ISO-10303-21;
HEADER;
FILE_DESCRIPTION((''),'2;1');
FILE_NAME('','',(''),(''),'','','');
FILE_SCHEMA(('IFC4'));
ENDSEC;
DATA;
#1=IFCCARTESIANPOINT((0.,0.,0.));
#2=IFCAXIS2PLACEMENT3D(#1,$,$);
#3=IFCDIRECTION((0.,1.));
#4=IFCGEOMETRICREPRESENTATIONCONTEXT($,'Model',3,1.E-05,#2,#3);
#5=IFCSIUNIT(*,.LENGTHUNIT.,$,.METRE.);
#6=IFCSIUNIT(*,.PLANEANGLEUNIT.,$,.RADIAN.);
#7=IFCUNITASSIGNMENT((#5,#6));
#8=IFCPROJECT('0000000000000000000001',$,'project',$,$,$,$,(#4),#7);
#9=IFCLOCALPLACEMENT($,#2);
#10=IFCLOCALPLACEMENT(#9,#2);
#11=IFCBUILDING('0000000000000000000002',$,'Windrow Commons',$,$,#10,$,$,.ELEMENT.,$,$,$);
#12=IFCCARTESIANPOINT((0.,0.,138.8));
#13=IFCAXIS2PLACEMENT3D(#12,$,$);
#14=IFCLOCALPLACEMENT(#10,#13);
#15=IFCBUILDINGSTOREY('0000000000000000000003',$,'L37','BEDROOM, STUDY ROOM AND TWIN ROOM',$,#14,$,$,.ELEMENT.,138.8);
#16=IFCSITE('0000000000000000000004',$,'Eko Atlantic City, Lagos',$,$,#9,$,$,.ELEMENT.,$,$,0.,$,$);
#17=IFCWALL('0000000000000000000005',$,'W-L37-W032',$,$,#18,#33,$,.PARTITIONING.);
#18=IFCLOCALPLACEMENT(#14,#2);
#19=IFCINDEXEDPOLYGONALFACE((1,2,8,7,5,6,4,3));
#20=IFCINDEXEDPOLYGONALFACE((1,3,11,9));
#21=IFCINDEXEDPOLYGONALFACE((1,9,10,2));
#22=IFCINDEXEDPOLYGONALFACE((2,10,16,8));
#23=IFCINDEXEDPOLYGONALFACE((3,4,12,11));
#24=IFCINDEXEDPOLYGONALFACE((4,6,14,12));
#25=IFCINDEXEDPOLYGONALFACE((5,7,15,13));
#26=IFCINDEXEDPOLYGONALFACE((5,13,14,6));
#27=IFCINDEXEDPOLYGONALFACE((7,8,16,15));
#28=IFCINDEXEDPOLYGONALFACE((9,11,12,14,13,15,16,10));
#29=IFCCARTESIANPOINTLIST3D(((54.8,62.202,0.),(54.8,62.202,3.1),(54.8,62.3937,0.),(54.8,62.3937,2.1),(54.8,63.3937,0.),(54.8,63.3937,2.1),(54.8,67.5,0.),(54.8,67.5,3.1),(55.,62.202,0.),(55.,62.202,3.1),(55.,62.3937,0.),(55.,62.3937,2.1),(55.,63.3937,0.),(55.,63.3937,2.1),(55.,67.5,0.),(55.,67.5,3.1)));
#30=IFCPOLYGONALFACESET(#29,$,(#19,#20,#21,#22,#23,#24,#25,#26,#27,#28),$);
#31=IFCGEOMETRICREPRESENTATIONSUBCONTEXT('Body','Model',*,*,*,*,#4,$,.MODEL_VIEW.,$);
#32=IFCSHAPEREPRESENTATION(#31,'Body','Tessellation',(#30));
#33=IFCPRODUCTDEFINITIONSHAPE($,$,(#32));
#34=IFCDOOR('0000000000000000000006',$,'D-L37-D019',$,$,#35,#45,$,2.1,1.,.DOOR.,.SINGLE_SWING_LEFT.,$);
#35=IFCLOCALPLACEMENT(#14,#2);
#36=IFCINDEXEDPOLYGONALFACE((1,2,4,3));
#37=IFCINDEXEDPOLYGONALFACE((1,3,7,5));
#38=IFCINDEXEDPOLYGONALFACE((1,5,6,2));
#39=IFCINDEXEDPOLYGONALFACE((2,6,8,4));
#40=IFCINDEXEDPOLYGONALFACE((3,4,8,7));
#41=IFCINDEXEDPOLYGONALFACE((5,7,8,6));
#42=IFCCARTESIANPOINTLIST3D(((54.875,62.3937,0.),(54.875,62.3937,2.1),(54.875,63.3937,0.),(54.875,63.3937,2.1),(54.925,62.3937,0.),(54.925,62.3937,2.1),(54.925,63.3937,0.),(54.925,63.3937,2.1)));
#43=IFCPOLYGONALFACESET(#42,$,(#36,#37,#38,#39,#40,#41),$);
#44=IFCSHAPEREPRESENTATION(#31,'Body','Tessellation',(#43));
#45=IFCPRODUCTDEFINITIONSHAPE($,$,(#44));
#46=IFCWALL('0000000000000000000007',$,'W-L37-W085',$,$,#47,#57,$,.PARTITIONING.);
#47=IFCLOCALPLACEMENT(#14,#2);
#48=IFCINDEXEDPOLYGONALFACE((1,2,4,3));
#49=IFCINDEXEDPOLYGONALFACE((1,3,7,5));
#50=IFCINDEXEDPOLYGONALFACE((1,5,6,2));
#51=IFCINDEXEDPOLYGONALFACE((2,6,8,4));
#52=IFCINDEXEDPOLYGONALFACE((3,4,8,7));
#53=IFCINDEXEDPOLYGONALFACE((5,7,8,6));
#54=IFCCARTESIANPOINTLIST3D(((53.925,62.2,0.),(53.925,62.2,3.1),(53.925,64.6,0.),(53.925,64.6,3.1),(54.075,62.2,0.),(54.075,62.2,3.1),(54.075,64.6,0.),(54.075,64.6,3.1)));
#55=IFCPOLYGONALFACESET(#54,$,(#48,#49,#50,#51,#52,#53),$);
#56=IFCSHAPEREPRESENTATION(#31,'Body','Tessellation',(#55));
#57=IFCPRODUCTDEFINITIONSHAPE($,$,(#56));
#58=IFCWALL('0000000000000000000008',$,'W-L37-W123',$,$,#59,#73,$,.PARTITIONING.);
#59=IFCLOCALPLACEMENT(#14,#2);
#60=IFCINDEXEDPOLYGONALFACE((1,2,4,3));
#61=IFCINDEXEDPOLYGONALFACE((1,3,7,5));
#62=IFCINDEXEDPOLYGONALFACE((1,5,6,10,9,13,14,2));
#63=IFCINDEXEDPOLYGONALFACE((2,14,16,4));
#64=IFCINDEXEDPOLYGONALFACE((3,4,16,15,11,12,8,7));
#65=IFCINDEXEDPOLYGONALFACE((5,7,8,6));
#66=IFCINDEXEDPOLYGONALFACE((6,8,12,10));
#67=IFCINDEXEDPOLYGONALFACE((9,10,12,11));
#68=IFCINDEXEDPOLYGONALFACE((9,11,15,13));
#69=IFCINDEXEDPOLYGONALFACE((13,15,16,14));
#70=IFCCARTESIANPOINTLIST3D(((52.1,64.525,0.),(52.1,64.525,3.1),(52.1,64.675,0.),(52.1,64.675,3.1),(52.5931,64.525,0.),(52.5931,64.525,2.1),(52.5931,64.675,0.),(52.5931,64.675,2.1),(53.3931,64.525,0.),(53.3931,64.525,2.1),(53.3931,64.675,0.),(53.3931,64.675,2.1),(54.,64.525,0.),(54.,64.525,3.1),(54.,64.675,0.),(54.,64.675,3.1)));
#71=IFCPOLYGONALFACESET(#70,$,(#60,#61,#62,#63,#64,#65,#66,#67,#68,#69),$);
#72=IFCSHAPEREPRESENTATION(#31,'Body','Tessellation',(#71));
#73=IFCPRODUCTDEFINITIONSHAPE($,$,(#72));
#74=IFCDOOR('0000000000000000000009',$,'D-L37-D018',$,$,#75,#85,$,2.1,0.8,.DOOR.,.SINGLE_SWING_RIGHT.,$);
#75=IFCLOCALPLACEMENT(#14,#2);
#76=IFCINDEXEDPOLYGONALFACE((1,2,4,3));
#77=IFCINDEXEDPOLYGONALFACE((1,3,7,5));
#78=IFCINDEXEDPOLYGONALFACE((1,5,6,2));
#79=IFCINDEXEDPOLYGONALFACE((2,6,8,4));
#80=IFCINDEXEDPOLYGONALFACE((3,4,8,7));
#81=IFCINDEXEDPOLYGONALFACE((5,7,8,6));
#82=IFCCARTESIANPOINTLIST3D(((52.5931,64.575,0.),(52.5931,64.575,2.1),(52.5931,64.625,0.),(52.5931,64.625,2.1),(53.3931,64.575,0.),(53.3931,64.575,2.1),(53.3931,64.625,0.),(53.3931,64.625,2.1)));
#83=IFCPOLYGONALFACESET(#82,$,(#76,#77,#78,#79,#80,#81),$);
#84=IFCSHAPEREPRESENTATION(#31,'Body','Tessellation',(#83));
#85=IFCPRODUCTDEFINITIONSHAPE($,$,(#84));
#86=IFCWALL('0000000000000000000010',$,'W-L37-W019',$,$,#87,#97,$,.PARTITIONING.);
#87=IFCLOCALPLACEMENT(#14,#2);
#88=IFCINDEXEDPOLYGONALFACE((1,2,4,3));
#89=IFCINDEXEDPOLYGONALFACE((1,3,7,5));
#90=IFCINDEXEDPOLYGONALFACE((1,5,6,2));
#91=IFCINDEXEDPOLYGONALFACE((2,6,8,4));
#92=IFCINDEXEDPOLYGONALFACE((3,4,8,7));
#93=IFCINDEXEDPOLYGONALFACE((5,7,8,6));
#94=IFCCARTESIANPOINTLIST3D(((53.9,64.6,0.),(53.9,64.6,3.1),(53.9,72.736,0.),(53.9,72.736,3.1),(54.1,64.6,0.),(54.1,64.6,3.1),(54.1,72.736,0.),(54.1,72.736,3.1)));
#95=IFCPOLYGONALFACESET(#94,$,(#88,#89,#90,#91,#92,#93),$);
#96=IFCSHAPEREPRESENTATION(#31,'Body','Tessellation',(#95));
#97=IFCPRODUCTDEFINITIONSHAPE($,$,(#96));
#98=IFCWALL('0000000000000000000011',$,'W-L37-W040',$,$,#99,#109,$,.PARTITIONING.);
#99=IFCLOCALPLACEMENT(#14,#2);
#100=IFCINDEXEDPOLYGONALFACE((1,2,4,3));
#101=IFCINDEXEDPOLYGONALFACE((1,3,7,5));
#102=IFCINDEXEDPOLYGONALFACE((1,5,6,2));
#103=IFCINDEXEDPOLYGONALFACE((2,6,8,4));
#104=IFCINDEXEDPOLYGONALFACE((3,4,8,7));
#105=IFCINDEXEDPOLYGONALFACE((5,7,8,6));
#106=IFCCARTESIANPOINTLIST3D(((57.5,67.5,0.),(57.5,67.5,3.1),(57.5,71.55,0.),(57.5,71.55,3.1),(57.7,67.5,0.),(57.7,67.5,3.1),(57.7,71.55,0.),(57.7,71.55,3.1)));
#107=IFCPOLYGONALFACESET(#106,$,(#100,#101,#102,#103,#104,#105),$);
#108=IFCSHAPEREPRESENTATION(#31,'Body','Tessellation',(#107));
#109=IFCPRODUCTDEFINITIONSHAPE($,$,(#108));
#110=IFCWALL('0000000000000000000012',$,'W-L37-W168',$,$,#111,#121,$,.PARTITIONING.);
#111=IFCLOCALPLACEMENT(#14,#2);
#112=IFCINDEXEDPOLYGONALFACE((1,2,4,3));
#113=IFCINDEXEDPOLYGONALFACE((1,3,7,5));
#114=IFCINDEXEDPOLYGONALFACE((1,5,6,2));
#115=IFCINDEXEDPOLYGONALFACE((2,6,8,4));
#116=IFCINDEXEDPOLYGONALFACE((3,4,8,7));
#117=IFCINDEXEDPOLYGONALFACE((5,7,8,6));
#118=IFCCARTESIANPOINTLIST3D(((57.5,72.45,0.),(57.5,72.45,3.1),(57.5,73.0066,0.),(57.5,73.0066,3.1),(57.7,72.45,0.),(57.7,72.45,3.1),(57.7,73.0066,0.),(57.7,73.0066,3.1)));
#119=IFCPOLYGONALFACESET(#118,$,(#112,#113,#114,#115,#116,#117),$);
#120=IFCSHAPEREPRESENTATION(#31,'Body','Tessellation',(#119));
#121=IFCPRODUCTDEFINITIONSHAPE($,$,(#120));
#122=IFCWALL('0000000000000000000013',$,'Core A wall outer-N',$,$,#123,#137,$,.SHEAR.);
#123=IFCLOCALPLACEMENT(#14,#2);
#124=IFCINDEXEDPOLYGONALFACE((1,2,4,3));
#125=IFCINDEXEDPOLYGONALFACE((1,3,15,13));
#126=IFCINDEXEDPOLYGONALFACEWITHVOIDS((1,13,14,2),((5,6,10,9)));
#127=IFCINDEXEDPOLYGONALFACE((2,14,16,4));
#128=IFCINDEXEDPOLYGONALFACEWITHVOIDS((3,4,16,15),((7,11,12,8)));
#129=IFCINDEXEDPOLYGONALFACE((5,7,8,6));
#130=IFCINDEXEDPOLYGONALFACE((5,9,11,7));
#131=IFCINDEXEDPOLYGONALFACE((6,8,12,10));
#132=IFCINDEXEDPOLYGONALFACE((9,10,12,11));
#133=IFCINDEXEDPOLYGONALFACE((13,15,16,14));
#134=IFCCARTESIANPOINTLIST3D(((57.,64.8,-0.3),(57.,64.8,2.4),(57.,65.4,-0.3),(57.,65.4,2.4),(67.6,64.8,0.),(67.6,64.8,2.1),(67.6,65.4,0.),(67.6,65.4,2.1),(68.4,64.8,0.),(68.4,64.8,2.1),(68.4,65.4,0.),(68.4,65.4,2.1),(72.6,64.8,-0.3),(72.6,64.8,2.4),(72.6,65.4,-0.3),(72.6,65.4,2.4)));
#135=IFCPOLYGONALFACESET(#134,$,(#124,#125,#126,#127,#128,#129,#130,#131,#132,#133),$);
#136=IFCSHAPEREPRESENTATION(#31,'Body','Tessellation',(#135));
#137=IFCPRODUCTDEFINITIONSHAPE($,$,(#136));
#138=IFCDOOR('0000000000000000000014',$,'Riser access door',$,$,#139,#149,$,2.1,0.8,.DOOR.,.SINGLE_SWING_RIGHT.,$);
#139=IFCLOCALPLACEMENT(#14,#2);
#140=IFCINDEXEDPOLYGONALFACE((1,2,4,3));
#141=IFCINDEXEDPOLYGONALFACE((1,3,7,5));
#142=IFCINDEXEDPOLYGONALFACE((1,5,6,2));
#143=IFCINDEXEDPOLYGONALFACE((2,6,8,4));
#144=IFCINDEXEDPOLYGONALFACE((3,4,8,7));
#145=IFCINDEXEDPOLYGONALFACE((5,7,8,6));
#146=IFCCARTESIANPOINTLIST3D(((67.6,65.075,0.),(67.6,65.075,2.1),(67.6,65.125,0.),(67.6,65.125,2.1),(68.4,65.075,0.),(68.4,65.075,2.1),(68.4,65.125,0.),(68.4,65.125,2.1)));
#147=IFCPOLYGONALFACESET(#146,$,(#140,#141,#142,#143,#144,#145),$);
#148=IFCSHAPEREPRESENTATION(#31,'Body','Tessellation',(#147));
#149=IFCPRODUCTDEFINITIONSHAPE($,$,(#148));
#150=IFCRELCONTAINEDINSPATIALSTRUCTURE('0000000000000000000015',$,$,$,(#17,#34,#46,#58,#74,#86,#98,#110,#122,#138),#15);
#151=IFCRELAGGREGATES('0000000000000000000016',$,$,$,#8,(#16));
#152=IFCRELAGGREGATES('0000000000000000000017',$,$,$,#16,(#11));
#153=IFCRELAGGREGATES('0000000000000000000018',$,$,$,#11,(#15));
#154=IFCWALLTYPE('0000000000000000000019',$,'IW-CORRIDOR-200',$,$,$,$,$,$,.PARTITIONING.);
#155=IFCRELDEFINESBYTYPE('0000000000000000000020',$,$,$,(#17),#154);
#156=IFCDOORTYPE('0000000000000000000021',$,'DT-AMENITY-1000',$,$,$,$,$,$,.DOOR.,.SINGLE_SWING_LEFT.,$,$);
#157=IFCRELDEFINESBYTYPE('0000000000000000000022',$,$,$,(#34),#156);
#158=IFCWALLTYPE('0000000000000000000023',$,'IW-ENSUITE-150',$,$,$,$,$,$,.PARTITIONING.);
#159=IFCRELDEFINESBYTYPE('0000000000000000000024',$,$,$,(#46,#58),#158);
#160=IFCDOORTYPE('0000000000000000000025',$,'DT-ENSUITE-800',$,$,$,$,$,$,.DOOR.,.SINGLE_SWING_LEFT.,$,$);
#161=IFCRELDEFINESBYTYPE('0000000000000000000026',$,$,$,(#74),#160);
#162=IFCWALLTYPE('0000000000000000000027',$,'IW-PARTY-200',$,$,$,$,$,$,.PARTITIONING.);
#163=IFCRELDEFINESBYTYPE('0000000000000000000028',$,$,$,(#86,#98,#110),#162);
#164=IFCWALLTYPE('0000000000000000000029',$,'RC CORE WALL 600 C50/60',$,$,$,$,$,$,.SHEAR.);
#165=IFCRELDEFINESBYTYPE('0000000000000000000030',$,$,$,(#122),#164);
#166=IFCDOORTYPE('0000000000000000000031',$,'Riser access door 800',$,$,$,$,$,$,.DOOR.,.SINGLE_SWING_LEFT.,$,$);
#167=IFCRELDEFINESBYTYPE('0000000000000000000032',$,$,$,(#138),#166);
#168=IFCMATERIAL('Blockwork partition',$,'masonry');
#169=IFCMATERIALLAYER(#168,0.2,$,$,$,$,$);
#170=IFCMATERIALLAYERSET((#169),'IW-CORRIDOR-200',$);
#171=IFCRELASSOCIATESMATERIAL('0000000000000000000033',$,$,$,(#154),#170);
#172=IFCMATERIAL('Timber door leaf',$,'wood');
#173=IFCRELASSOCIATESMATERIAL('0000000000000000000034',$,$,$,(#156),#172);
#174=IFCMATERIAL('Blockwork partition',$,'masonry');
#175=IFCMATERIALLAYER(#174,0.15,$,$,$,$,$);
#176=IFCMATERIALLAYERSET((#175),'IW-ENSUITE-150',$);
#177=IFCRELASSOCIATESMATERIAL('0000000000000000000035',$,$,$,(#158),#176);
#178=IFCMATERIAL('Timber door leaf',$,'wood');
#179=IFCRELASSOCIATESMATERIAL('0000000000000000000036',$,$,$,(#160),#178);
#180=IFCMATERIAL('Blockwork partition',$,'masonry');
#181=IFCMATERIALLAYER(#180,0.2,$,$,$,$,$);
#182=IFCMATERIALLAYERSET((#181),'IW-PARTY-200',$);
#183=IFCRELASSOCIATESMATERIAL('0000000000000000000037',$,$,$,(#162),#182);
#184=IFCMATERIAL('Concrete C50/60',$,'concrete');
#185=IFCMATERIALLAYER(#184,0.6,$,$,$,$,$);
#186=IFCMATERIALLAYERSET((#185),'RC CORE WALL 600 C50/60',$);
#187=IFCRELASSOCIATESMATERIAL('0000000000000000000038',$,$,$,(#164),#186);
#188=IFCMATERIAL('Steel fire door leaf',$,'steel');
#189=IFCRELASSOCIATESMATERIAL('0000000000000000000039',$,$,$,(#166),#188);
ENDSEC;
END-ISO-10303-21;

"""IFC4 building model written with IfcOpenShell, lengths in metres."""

from ifc_helpers import new_model, si_unit, direction, frame, frame_2d, origin, place, context, subcontext, project, spatial, rectangle, extrude, material, layer, layer_set, type_object, element, fill, save


model = new_model("IFC4")

# Units and contexts
model_context = context("Model", 3, precision=1e-05, world=origin(), true_north=direction((0.0, 1.0)))
body_context = subcontext(model_context, "Body", "Model", "MODEL_VIEW")
ifc_project = project(units=[si_unit("LENGTHUNIT", "METRE"), si_unit("PLANEANGLEUNIT", "RADIAN")], contexts=[model_context])

# Site, building, storey
site_placement = place(None, origin())
site = spatial("IfcSite", under=ifc_project, at=site_placement, Name="Eko Atlantic City, Lagos", CompositionType="ELEMENT", RefElevation=0.0)
building_placement = place(site_placement, origin())
building = spatial("IfcBuilding", under=site, at=building_placement, Name="Windrow Commons", CompositionType="ELEMENT")
storey_placement = place(building_placement, frame((0.0, 0.0, 138.8)))
storey = spatial("IfcBuildingStorey", under=building, at=storey_placement, Name="L37", Description="BEDROOM, STUDY ROOM AND TWIN ROOM", CompositionType="ELEMENT", Elevation=138.8)

# Shared definitions
ifc_material_1 = material(Name="Blockwork partition", Category="masonry")
ifc_layer_1 = layer(ifc_material_1, 0.2)
ifc_layer_set_1 = layer_set([ifc_layer_1], Name="IW-CORRIDOR-200")
wall_type_1 = type_object("IfcWallType", Name="IW-CORRIDOR-200", PredefinedType="PARTITIONING", material=ifc_layer_set_1)
ifc_material_2 = material(Name="Timber door leaf", Category="wood")
door_type_1 = type_object("IfcDoorType", Name="DT-AMENITY-1000", OperationType="SINGLE_SWING_LEFT", PredefinedType="DOOR", material=ifc_material_2)

# Wall, opening, door
wall_1_placement = place(storey_placement, frame((54.9, 62.202, 0.0), z_axis=(0.0, 0.0, 1.0), x_axis=(0.0, 1.0, 0.0)))
wall_1 = element("IfcWall", 1, at=wall_1_placement, inside=storey, type_object=wall_type_1, Name="W-L37-W032", PredefinedType="PARTITIONING", context=body_context, shape_type="SweptSolid", body=[
    extrude(rectangle(XDim=5.298, YDim=0.2, at=frame_2d((2.649, 0.0))), origin(), (0.0, 0.0, 1.0), 3.1),
])
opening_1_placement = place(wall_1_placement, frame((0.1917, 0.0, 0.0)))
opening_1 = element("IfcOpeningElement", 2, at=opening_1_placement, cuts=wall_1, PredefinedType="OPENING", context=body_context, shape_type="SweptSolid", body=[
    extrude(rectangle(XDim=1.0, YDim=2.1, at=frame_2d((0.5, 1.05))), frame((0.0, 0.11, 0.0), z_axis=(0.0, -1.0, 0.0), x_axis=(1.0, 0.0, 0.0)), (0.0, 0.0, 1.0), 0.22),
])
door_1_placement = place(opening_1_placement, origin())
door_1 = element("IfcDoor", 3, at=door_1_placement, inside=storey, type_object=door_type_1, Name="D-L37-D019", OperationType="SINGLE_SWING_LEFT", OverallHeight=2.1, OverallWidth=1.0, PredefinedType="DOOR", context=body_context, shape_type="SweptSolid", body=[
    extrude(rectangle(XDim=1.0, YDim=2.1, at=frame_2d((0.5, 1.05))), frame((0.0, 0.025, 0.0), z_axis=(0.0, -1.0, 0.0), x_axis=(1.0, 0.0, 0.0)), (0.0, 0.0, 1.0), 0.05),
])
fill(opening_1, door_1)

# Wall
ifc_material_3 = material(Name="Blockwork partition", Category="masonry")
ifc_layer_2 = layer(ifc_material_3, 0.15)
ifc_layer_set_2 = layer_set([ifc_layer_2], Name="IW-ENSUITE-150")
wall_type_2 = type_object("IfcWallType", Name="IW-ENSUITE-150", PredefinedType="PARTITIONING", material=ifc_layer_set_2)
wall_2_placement = place(storey_placement, frame((54.0, 62.2, 0.0), z_axis=(0.0, 0.0, 1.0), x_axis=(0.0, 1.0, 0.0)))
element("IfcWall", 4, at=wall_2_placement, inside=storey, type_object=wall_type_2, Name="W-L37-W085", PredefinedType="PARTITIONING", context=body_context, shape_type="SweptSolid", body=[
    extrude(rectangle(XDim=2.4, YDim=0.15, at=frame_2d((1.2, 0.0))), origin(), (0.0, 0.0, 1.0), 3.1),
])

# Wall, opening, door
wall_3_placement = place(storey_placement, frame((52.1, 64.6, 0.0), z_axis=(0.0, 0.0, 1.0), x_axis=(1.0, 0.0, 0.0)))
wall_3 = element("IfcWall", 5, at=wall_3_placement, inside=storey, type_object=wall_type_2, Name="W-L37-W123", PredefinedType="PARTITIONING", context=body_context, shape_type="SweptSolid", body=[
    extrude(rectangle(XDim=1.9, YDim=0.15, at=frame_2d((0.95, 0.0))), origin(), (0.0, 0.0, 1.0), 3.1),
])
opening_2_placement = place(wall_3_placement, frame((0.4931, 0.0, 0.0)))
opening_2 = element("IfcOpeningElement", 6, at=opening_2_placement, cuts=wall_3, PredefinedType="OPENING", context=body_context, shape_type="SweptSolid", body=[
    extrude(rectangle(XDim=0.8, YDim=2.1, at=frame_2d((0.4, 1.05))), frame((0.0, 0.085, 0.0), z_axis=(0.0, -1.0, 0.0), x_axis=(1.0, 0.0, 0.0)), (0.0, 0.0, 1.0), 0.17),
])
ifc_material_4 = material(Name="Timber door leaf", Category="wood")
door_type_2 = type_object("IfcDoorType", Name="DT-ENSUITE-800", OperationType="SINGLE_SWING_LEFT", PredefinedType="DOOR", material=ifc_material_4)
door_2_placement = place(opening_2_placement, origin())
door_2 = element("IfcDoor", 7, at=door_2_placement, inside=storey, type_object=door_type_2, Name="D-L37-D018", OperationType="SINGLE_SWING_RIGHT", OverallHeight=2.1, OverallWidth=0.8, PredefinedType="DOOR", context=body_context, shape_type="SweptSolid", body=[
    extrude(rectangle(XDim=0.8, YDim=2.1, at=frame_2d((0.4, 1.05))), frame((0.0, 0.025, 0.0), z_axis=(0.0, -1.0, 0.0), x_axis=(1.0, 0.0, 0.0)), (0.0, 0.0, 1.0), 0.05),
])
fill(opening_2, door_2)

# Walls
ifc_material_5 = material(Name="Blockwork partition", Category="masonry")
ifc_layer_3 = layer(ifc_material_5, 0.2)
ifc_layer_set_3 = layer_set([ifc_layer_3], Name="IW-PARTY-200")
wall_type_3 = type_object("IfcWallType", Name="IW-PARTY-200", PredefinedType="PARTITIONING", material=ifc_layer_set_3)
wall_4_placement = place(storey_placement, frame((54.0, 64.6, 0.0), z_axis=(0.0, 0.0, 1.0), x_axis=(0.0, 1.0, 0.0)))
element("IfcWall", 8, at=wall_4_placement, inside=storey, type_object=wall_type_3, Name="W-L37-W019", PredefinedType="PARTITIONING", context=body_context, shape_type="SweptSolid", body=[
    extrude(rectangle(XDim=8.136, YDim=0.2, at=frame_2d((4.068, 0.0))), origin(), (0.0, 0.0, 1.0), 3.1),
])
wall_5_placement = place(storey_placement, frame((57.6, 67.5, 0.0), z_axis=(0.0, 0.0, 1.0), x_axis=(0.0, 1.0, 0.0)))
element("IfcWall", 9, at=wall_5_placement, inside=storey, type_object=wall_type_3, Name="W-L37-W040", PredefinedType="PARTITIONING", context=body_context, shape_type="SweptSolid", body=[
    extrude(rectangle(XDim=4.05, YDim=0.2, at=frame_2d((2.025, 0.0))), origin(), (0.0, 0.0, 1.0), 3.1),
])
wall_6_placement = place(storey_placement, frame((57.6, 72.45, 0.0), z_axis=(0.0, 0.0, 1.0), x_axis=(0.0, 1.0, 0.0)))
element("IfcWall", 10, at=wall_6_placement, inside=storey, type_object=wall_type_3, Name="W-L37-W168", PredefinedType="PARTITIONING", context=body_context, shape_type="SweptSolid", body=[
    extrude(rectangle(XDim=0.5566, YDim=0.2, at=frame_2d((0.2783, 0.0))), origin(), (0.0, 0.0, 1.0), 3.1),
])

# Wall, opening, door
ifc_material_6 = material(Name="Concrete C50/60", Category="concrete")
ifc_layer_4 = layer(ifc_material_6, 0.6)
ifc_layer_set_4 = layer_set([ifc_layer_4], Name="RC CORE WALL 600 C50/60")
wall_type_4 = type_object("IfcWallType", Name="RC CORE WALL 600 C50/60", PredefinedType="SHEAR", material=ifc_layer_set_4)
wall_7_placement = place(storey_placement, frame((57.0, 65.1, -0.3), z_axis=(0.0, 0.0, 1.0), x_axis=(1.0, 0.0, 0.0)))
wall_7 = element("IfcWall", 11, at=wall_7_placement, inside=storey, type_object=wall_type_4, Name="Core A wall outer-N", PredefinedType="SHEAR", context=body_context, shape_type="SweptSolid", body=[
    extrude(rectangle(XDim=15.6, YDim=0.6, at=frame_2d((7.8, 0.0))), origin(), (0.0, 0.0, 1.0), 2.7),
])
opening_3_placement = place(wall_7_placement, frame((10.6, 0.0, 0.3)))
opening_3 = element("IfcOpeningElement", 12, at=opening_3_placement, cuts=wall_7, PredefinedType="OPENING", context=body_context, shape_type="SweptSolid", body=[
    extrude(rectangle(XDim=0.8, YDim=2.1, at=frame_2d((0.4, 1.05))), frame((0.0, 0.31, 0.0), z_axis=(0.0, -1.0, 0.0), x_axis=(1.0, 0.0, 0.0)), (0.0, 0.0, 1.0), 0.62),
])
ifc_material_7 = material(Name="Steel fire door leaf", Category="steel")
door_type_3 = type_object("IfcDoorType", Name="Riser access door 800", OperationType="SINGLE_SWING_LEFT", PredefinedType="DOOR", material=ifc_material_7)
door_3_placement = place(opening_3_placement, origin())
door_3 = element("IfcDoor", 13, at=door_3_placement, inside=storey, type_object=door_type_3, Name="Riser access door", OperationType="SINGLE_SWING_RIGHT", OverallHeight=2.1, OverallWidth=0.8, PredefinedType="DOOR", context=body_context, shape_type="SweptSolid", body=[
    extrude(rectangle(XDim=0.8, YDim=2.1, at=frame_2d((0.4, 1.05))), frame((0.0, 0.025, 0.0), z_axis=(0.0, -1.0, 0.0), x_axis=(1.0, 0.0, 0.0)), (0.0, 0.0, 1.0), 0.05),
])
fill(opening_3, door_3)

save(model, "model.ifc")
